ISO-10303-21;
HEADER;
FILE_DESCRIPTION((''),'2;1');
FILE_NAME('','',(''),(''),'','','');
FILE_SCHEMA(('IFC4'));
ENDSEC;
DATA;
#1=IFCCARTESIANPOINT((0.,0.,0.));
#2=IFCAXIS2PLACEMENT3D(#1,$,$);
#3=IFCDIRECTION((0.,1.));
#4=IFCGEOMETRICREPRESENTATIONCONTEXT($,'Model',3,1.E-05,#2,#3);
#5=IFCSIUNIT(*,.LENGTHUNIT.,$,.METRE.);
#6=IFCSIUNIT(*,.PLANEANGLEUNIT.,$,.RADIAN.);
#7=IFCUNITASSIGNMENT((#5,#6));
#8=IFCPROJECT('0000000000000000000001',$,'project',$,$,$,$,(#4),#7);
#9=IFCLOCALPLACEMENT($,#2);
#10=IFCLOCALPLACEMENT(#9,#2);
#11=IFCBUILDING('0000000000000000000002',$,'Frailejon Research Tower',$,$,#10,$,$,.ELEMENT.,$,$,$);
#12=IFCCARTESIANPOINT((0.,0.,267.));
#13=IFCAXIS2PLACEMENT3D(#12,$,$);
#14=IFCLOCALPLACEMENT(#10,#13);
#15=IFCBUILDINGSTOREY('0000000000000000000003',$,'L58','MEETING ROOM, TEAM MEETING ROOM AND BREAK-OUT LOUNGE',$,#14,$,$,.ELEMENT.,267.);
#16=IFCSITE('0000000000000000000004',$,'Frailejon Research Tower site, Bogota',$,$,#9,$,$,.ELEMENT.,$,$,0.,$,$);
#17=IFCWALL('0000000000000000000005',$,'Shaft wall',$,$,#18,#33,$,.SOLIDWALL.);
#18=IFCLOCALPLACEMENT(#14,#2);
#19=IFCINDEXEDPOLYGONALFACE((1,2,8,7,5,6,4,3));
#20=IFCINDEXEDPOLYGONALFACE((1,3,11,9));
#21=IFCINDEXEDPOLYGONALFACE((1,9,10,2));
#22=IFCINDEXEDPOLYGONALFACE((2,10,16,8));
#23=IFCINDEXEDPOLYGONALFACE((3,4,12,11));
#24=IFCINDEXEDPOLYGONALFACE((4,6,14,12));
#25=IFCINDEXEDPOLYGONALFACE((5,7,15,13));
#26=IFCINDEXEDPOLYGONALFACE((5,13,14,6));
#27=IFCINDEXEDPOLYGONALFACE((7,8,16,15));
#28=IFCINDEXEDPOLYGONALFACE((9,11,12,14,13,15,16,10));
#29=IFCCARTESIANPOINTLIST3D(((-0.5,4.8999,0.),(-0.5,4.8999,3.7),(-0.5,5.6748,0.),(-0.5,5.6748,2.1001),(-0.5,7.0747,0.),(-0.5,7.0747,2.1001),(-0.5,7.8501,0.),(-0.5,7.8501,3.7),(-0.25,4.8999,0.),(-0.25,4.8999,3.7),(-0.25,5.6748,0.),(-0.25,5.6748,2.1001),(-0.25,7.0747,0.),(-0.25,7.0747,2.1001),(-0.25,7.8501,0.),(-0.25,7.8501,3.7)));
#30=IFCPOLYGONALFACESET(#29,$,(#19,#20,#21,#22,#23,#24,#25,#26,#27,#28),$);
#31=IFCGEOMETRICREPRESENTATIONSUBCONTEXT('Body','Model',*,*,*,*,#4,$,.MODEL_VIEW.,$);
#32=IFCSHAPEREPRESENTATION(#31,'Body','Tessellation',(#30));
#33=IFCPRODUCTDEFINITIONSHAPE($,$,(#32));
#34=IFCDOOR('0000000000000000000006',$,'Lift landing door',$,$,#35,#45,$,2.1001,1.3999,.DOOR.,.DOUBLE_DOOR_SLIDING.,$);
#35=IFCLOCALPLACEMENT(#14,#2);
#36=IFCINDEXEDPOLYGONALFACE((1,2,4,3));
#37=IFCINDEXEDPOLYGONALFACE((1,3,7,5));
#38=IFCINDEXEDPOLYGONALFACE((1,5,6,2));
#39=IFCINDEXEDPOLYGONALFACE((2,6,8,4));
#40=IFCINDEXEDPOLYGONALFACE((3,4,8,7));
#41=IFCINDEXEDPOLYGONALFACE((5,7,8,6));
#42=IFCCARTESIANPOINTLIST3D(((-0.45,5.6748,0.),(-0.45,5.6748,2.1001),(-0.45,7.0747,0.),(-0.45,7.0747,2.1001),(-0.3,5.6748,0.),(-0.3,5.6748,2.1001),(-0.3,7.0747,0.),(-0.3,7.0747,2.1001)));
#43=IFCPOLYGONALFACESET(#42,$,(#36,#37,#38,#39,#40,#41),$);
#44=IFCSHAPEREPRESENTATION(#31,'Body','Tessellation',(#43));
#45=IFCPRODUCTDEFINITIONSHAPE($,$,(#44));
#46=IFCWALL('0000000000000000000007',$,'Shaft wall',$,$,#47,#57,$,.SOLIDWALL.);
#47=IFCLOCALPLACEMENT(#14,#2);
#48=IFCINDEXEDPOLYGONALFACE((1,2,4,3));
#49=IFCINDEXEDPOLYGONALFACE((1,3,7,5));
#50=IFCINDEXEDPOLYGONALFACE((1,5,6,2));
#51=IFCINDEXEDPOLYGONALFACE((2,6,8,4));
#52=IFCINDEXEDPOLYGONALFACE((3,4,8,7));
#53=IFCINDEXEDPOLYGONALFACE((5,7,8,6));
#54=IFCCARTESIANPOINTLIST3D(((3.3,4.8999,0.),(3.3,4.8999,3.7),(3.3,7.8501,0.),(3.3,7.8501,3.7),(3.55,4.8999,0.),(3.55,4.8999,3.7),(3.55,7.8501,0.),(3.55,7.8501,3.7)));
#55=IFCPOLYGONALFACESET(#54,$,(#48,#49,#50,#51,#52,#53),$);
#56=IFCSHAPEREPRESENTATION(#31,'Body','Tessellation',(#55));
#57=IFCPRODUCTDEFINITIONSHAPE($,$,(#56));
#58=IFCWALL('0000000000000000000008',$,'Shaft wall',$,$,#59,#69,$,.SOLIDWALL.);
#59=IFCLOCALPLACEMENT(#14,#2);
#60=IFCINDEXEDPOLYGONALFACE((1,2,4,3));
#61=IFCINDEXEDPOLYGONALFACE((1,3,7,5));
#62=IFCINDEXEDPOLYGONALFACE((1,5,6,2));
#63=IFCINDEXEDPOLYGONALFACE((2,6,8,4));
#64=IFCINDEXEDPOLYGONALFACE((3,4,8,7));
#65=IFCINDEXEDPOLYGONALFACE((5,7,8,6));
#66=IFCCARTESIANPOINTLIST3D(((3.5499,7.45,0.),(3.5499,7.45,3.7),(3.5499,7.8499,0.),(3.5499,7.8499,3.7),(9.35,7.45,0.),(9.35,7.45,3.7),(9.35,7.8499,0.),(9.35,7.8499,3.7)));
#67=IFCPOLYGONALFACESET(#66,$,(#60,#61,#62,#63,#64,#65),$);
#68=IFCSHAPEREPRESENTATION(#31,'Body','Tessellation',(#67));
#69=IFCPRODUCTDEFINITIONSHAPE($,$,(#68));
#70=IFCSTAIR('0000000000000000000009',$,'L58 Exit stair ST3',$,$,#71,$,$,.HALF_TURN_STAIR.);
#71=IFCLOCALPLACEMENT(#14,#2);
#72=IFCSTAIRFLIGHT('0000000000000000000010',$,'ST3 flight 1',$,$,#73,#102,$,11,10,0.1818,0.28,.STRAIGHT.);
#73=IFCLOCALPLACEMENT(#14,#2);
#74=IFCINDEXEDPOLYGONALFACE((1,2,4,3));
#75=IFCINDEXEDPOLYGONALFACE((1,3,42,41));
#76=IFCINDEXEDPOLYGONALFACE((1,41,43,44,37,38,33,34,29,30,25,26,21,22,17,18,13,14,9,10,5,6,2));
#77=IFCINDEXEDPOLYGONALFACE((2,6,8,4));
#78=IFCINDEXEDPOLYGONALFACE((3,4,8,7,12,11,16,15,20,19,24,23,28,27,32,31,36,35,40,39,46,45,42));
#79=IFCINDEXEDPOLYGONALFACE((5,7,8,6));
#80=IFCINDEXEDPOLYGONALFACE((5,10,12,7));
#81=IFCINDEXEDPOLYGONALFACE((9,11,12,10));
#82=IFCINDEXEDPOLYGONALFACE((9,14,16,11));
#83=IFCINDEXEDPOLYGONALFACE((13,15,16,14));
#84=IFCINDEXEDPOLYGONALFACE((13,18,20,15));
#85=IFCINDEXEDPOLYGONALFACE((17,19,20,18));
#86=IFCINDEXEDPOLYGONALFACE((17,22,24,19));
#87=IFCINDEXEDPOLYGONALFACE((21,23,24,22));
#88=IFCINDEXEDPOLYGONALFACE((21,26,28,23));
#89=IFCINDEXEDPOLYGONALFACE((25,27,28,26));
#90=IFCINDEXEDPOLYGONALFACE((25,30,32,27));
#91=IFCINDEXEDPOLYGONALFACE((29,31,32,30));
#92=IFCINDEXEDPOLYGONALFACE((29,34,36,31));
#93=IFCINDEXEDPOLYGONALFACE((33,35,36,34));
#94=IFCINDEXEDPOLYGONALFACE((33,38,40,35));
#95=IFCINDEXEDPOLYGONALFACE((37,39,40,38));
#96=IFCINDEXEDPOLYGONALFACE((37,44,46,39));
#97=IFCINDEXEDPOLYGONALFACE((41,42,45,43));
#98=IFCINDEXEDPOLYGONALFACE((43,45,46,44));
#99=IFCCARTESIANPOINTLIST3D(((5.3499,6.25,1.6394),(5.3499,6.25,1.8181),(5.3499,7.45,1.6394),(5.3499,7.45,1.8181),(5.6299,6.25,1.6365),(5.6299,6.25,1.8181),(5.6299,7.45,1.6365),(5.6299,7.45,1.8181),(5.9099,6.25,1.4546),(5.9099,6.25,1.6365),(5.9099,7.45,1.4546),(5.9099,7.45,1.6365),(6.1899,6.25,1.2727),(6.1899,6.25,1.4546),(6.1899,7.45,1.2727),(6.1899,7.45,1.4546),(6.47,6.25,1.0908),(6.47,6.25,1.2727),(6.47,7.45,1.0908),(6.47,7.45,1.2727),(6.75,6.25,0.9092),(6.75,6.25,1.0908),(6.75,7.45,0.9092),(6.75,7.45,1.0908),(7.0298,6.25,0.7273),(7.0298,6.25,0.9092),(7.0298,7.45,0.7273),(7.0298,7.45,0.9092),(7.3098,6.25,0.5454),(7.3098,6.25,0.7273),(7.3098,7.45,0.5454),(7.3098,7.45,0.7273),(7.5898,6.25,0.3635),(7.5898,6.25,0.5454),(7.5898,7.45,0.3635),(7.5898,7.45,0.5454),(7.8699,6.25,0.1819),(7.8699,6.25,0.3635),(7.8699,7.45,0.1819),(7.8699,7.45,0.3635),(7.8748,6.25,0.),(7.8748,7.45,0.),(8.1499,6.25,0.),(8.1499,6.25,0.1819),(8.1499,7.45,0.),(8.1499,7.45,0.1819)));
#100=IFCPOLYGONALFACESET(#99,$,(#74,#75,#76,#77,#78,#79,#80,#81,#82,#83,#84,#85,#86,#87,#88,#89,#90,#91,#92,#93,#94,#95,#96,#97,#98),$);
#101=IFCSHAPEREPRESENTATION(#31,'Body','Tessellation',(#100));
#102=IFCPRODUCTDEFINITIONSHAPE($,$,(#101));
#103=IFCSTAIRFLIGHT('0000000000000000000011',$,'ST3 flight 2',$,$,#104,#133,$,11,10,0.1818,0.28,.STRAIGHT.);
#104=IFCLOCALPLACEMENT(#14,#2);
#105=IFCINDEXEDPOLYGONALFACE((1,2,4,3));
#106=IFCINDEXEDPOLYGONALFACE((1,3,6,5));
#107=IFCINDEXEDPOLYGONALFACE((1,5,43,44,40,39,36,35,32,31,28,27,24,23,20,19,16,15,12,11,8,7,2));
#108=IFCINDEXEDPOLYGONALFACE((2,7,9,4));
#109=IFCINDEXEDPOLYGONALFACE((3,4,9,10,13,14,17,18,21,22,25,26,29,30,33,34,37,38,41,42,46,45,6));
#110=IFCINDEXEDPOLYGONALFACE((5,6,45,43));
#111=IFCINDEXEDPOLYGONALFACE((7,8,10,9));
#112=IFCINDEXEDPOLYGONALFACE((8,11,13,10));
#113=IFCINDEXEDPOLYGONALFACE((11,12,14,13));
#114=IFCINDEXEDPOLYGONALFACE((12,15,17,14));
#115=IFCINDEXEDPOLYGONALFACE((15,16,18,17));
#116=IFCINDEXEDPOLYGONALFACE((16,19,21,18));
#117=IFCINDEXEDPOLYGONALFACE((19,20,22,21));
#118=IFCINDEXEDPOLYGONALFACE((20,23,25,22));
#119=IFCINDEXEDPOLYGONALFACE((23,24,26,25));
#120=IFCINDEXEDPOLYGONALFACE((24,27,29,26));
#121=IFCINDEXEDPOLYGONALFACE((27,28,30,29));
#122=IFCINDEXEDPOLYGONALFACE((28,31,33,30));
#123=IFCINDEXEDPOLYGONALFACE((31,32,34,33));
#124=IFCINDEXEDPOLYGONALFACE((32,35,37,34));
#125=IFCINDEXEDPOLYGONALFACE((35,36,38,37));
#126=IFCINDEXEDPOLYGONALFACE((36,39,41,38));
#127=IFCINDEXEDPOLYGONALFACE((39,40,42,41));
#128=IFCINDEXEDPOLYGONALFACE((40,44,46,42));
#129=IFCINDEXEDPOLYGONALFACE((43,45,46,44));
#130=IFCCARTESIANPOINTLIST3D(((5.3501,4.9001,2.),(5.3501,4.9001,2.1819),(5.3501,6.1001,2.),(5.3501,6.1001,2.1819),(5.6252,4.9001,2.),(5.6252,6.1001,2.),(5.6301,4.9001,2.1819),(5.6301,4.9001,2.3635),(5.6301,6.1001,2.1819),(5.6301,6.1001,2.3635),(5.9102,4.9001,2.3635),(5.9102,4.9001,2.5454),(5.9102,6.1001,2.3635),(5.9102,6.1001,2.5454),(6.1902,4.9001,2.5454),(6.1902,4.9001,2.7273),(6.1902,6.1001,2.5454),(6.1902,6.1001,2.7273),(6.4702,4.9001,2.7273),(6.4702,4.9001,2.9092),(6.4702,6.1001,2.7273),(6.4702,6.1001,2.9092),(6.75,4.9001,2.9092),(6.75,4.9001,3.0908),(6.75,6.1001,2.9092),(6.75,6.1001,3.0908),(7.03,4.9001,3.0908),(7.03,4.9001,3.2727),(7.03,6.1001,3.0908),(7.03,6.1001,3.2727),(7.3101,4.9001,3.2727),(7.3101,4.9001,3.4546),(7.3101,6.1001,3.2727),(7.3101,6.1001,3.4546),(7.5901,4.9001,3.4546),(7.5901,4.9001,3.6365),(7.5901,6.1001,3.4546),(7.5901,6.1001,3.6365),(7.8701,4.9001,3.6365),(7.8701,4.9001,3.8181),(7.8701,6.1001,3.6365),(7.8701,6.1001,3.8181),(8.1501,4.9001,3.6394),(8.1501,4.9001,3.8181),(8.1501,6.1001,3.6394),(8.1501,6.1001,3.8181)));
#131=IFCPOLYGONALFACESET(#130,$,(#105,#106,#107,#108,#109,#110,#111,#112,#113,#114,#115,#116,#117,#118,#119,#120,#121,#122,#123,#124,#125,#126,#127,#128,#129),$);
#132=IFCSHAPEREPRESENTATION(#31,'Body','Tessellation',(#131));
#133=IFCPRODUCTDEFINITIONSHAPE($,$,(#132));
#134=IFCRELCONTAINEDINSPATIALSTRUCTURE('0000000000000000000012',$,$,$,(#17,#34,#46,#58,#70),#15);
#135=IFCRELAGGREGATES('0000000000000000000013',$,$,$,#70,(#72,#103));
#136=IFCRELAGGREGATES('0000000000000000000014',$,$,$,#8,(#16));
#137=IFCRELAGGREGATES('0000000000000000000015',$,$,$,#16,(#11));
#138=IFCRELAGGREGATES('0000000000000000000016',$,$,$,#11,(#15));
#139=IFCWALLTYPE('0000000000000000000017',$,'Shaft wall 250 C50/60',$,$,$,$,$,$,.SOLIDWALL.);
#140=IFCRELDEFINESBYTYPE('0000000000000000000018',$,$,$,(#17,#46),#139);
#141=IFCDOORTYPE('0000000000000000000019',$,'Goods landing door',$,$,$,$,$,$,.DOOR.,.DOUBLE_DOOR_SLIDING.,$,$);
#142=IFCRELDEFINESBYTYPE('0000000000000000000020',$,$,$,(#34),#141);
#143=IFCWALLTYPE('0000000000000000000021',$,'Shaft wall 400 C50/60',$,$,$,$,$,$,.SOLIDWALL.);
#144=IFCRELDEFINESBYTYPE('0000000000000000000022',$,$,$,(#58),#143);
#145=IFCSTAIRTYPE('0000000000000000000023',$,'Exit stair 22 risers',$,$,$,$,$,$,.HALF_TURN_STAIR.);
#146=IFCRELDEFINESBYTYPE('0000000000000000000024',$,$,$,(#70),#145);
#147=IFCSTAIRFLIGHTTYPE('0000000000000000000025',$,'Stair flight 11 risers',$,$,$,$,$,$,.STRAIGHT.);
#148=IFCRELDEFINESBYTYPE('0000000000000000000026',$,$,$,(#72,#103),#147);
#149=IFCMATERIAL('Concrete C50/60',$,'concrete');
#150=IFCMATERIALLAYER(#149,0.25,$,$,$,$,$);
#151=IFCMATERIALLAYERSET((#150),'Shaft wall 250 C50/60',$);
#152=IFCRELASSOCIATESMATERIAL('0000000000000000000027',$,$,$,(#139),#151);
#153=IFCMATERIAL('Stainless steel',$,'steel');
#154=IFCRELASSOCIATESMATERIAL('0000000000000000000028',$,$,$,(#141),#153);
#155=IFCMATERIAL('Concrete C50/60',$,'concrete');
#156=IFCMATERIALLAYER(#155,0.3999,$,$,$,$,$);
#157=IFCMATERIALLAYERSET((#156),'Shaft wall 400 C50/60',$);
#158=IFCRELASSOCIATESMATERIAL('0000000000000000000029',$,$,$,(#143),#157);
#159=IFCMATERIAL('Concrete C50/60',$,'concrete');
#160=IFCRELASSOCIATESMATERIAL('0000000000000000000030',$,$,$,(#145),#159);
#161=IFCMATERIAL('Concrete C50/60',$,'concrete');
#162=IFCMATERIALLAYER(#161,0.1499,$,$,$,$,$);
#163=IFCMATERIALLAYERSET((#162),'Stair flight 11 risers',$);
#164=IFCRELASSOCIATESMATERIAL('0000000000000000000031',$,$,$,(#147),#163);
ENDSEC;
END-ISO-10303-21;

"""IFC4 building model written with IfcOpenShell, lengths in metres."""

from ifc_helpers import new_model, si_unit, direction, frame, frame_2d, origin, place, context, subcontext, project, spatial, polyline, rectangle, outline, extrude, material, layer, layer_set, type_object, element, fill, aggregate, save


model = new_model("IFC4")

# Units and contexts
model_context = context("Model", 3, precision=1e-05, world=origin(), true_north=direction((0.0, 1.0)))
body_context = subcontext(model_context, "Body", "Model", "MODEL_VIEW")
ifc_project = project(units=[si_unit("LENGTHUNIT", "METRE"), si_unit("PLANEANGLEUNIT", "RADIAN")], contexts=[model_context])

# Site, building, storey
site_placement = place(None, origin())
site = spatial("IfcSite", under=ifc_project, at=site_placement, Name="Frailejon Research Tower site, Bogota", CompositionType="ELEMENT", RefElevation=0.0)
building_placement = place(site_placement, origin())
building = spatial("IfcBuilding", under=site, at=building_placement, Name="Frailejon Research Tower", CompositionType="ELEMENT")
storey_placement = place(building_placement, frame((0.0, 0.0, 267.0)))
storey = spatial("IfcBuildingStorey", under=building, at=storey_placement, Name="L58", Description="MEETING ROOM, TEAM MEETING ROOM AND BREAK-OUT LOUNGE", CompositionType="ELEMENT", Elevation=267.0)

# Wall, opening, door
ifc_material_1 = material(Name="Concrete C50/60", Category="concrete")
ifc_layer_1 = layer(ifc_material_1, 0.25)
ifc_layer_set_1 = layer_set([ifc_layer_1], Name="Shaft wall 250 C50/60")
wall_type_1 = type_object("IfcWallType", Name="Shaft wall 250 C50/60", PredefinedType="SOLIDWALL", material=ifc_layer_set_1)
wall_1_placement = place(storey_placement, frame((-0.375, 4.8999, 0.0), z_axis=(0.0, 0.0, 1.0), x_axis=(0.0, 1.0, 0.0)))
wall_1 = element("IfcWall", 1, at=wall_1_placement, inside=storey, type_object=wall_type_1, Name="Shaft wall", PredefinedType="SOLIDWALL", context=body_context, shape_type="SweptSolid", body=[
    extrude(rectangle(XDim=2.9502, YDim=0.25, at=frame_2d((1.4751, 0.0))), origin(), (0.0, 0.0, 1.0), 3.7),
])
opening_1_placement = place(wall_1_placement, frame((0.7749, 0.0, 0.0)))
opening_1 = element("IfcOpeningElement", 2, at=opening_1_placement, cuts=wall_1, PredefinedType="OPENING", context=body_context, shape_type="SweptSolid", body=[
    extrude(rectangle(XDim=1.3999, YDim=2.1001, at=frame_2d((0.7, 1.05))), frame((0.0, 0.135, 0.0), z_axis=(0.0, -1.0, 0.0), x_axis=(1.0, 0.0, 0.0)), (0.0, 0.0, 1.0), 0.27),
])
ifc_material_2 = material(Name="Stainless steel", Category="steel")
door_type_1 = type_object("IfcDoorType", Name="Goods landing door", OperationType="DOUBLE_DOOR_SLIDING", PredefinedType="DOOR", material=ifc_material_2)
door_1_placement = place(opening_1_placement, origin())
door_1 = element("IfcDoor", 3, at=door_1_placement, inside=storey, type_object=door_type_1, Name="Lift landing door", OperationType="DOUBLE_DOOR_SLIDING", OverallHeight=2.1001, OverallWidth=1.3999, PredefinedType="DOOR", context=body_context, shape_type="SweptSolid", body=[
    extrude(rectangle(XDim=1.3999, YDim=2.1001, at=frame_2d((0.7, 1.05))), frame((0.0, 0.075, 0.0), z_axis=(0.0, -1.0, 0.0), x_axis=(1.0, 0.0, 0.0)), (0.0, 0.0, 1.0), 0.1499),
])
fill(opening_1, door_1)

# Walls
wall_2_placement = place(storey_placement, frame((3.425, 4.8999, 0.0), z_axis=(0.0, 0.0, 1.0), x_axis=(0.0, 1.0, 0.0)))
element("IfcWall", 4, at=wall_2_placement, inside=storey, type_object=wall_type_1, Name="Shaft wall", PredefinedType="SOLIDWALL", context=body_context, shape_type="SweptSolid", body=[
    extrude(rectangle(XDim=2.9502, YDim=0.25, at=frame_2d((1.4751, 0.0))), origin(), (0.0, 0.0, 1.0), 3.7),
])
ifc_material_3 = material(Name="Concrete C50/60", Category="concrete")
ifc_layer_2 = layer(ifc_material_3, 0.3999)
ifc_layer_set_2 = layer_set([ifc_layer_2], Name="Shaft wall 400 C50/60")
wall_type_2 = type_object("IfcWallType", Name="Shaft wall 400 C50/60", PredefinedType="SOLIDWALL", material=ifc_layer_set_2)
wall_3_placement = place(storey_placement, frame((3.55, 7.6499, 0.0), z_axis=(0.0, 0.0, 1.0), x_axis=(1.0, 0.0, 0.0)))
element("IfcWall", 5, at=wall_3_placement, inside=storey, type_object=wall_type_2, Name="Shaft wall", PredefinedType="SOLIDWALL", context=body_context, shape_type="SweptSolid", body=[
    extrude(rectangle(XDim=5.8, YDim=0.3999, at=frame_2d((2.8999, 0.0))), origin(), (0.0, 0.0, 1.0), 3.7),
])

# Stair, stair flights
ifc_material_4 = material(Name="Concrete C50/60", Category="concrete")
stair_type = type_object("IfcStairType", Name="Exit stair 22 risers", PredefinedType="HALF_TURN_STAIR", material=ifc_material_4)
stair_placement = place(storey_placement, origin())
stair = element("IfcStair", 6, at=stair_placement, inside=storey, type_object=stair_type, Name="L58 Exit stair ST3", PredefinedType="HALF_TURN_STAIR")
ifc_material_5 = material(Name="Concrete C50/60", Category="concrete")
ifc_layer_3 = layer(ifc_material_5, 0.1499)
ifc_layer_set_3 = layer_set([ifc_layer_3], Name="Stair flight 11 risers")
stair_flight_type = type_object("IfcStairFlightType", Name="Stair flight 11 risers", PredefinedType="STRAIGHT", material=ifc_layer_set_3)
stair_flight_1_placement = place(storey_placement, frame((8.1499, 6.8501, 0.0), z_axis=(0.0, 0.0, 1.0), x_axis=(-1.0, 0.0, 0.0)))
stair_flight_1 = element("IfcStairFlight", 7, at=stair_flight_1_placement, type_object=stair_flight_type, Name="ST3 flight 1", NumberOfRisers=11, NumberOfTreads=10, PredefinedType="STRAIGHT", RiserHeight=0.1818, TreadLength=0.28, context=body_context, shape_type="SweptSolid", body=[
    extrude(outline(polyline([(0.0, 0.0), (0.0, 0.1819), (0.28, 0.1819), (0.28, 0.3635), (0.5601, 0.3635), (0.5601, 0.5454), (0.8401, 0.5454), (0.8401, 0.7273), (1.1201, 0.7273), (1.1201, 0.9092), (1.3999, 0.9092), (1.3999, 1.0908), (1.6799, 1.0908), (1.6799, 1.2727), (1.96, 1.2727), (1.96, 1.4546), (2.24, 1.4546), (2.24, 1.6365), (2.52, 1.6365), (2.52, 1.8181), (2.8, 1.8181), (2.8, 2.0), (2.8, 1.6394), (0.2751, 0.0), (0.0, 0.0)])), frame((0.0, 0.6001, 0.0), z_axis=(0.0, -1.0, 0.0), x_axis=(1.0, 0.0, 0.0)), (0.0, 0.0, 1.0), 1.2),
])
stair_flight_2_placement = place(storey_placement, frame((5.3501, 5.5, 2.0), z_axis=(0.0, 0.0, 1.0), x_axis=(1.0, 0.0, 0.0)))
stair_flight_2 = element("IfcStairFlight", 8, at=stair_flight_2_placement, type_object=stair_flight_type, Name="ST3 flight 2", NumberOfRisers=11, NumberOfTreads=10, PredefinedType="STRAIGHT", RiserHeight=0.1818, TreadLength=0.28, context=body_context, shape_type="SweptSolid", body=[
    extrude(outline(polyline([(0.0, 0.0), (0.0, 0.1819), (0.28, 0.1819), (0.28, 0.3635), (0.5601, 0.3635), (0.5601, 0.5454), (0.8401, 0.5454), (0.8401, 0.7273), (1.1201, 0.7273), (1.1201, 0.9092), (1.3999, 0.9092), (1.3999, 1.0908), (1.6799, 1.0908), (1.6799, 1.2727), (1.96, 1.2727), (1.96, 1.4546), (2.24, 1.4546), (2.24, 1.6365), (2.52, 1.6365), (2.52, 1.8181), (2.8, 1.8181), (2.8, 2.0), (2.8, 1.6394), (0.2751, 0.0), (0.0, 0.0)])), frame((0.0, 0.6001, 0.0), z_axis=(0.0, -1.0, 0.0), x_axis=(1.0, 0.0, 0.0)), (0.0, 0.0, 1.0), 1.2),
])
aggregate(stair, [stair_flight_1, stair_flight_2])

save(model, "model.ifc")
